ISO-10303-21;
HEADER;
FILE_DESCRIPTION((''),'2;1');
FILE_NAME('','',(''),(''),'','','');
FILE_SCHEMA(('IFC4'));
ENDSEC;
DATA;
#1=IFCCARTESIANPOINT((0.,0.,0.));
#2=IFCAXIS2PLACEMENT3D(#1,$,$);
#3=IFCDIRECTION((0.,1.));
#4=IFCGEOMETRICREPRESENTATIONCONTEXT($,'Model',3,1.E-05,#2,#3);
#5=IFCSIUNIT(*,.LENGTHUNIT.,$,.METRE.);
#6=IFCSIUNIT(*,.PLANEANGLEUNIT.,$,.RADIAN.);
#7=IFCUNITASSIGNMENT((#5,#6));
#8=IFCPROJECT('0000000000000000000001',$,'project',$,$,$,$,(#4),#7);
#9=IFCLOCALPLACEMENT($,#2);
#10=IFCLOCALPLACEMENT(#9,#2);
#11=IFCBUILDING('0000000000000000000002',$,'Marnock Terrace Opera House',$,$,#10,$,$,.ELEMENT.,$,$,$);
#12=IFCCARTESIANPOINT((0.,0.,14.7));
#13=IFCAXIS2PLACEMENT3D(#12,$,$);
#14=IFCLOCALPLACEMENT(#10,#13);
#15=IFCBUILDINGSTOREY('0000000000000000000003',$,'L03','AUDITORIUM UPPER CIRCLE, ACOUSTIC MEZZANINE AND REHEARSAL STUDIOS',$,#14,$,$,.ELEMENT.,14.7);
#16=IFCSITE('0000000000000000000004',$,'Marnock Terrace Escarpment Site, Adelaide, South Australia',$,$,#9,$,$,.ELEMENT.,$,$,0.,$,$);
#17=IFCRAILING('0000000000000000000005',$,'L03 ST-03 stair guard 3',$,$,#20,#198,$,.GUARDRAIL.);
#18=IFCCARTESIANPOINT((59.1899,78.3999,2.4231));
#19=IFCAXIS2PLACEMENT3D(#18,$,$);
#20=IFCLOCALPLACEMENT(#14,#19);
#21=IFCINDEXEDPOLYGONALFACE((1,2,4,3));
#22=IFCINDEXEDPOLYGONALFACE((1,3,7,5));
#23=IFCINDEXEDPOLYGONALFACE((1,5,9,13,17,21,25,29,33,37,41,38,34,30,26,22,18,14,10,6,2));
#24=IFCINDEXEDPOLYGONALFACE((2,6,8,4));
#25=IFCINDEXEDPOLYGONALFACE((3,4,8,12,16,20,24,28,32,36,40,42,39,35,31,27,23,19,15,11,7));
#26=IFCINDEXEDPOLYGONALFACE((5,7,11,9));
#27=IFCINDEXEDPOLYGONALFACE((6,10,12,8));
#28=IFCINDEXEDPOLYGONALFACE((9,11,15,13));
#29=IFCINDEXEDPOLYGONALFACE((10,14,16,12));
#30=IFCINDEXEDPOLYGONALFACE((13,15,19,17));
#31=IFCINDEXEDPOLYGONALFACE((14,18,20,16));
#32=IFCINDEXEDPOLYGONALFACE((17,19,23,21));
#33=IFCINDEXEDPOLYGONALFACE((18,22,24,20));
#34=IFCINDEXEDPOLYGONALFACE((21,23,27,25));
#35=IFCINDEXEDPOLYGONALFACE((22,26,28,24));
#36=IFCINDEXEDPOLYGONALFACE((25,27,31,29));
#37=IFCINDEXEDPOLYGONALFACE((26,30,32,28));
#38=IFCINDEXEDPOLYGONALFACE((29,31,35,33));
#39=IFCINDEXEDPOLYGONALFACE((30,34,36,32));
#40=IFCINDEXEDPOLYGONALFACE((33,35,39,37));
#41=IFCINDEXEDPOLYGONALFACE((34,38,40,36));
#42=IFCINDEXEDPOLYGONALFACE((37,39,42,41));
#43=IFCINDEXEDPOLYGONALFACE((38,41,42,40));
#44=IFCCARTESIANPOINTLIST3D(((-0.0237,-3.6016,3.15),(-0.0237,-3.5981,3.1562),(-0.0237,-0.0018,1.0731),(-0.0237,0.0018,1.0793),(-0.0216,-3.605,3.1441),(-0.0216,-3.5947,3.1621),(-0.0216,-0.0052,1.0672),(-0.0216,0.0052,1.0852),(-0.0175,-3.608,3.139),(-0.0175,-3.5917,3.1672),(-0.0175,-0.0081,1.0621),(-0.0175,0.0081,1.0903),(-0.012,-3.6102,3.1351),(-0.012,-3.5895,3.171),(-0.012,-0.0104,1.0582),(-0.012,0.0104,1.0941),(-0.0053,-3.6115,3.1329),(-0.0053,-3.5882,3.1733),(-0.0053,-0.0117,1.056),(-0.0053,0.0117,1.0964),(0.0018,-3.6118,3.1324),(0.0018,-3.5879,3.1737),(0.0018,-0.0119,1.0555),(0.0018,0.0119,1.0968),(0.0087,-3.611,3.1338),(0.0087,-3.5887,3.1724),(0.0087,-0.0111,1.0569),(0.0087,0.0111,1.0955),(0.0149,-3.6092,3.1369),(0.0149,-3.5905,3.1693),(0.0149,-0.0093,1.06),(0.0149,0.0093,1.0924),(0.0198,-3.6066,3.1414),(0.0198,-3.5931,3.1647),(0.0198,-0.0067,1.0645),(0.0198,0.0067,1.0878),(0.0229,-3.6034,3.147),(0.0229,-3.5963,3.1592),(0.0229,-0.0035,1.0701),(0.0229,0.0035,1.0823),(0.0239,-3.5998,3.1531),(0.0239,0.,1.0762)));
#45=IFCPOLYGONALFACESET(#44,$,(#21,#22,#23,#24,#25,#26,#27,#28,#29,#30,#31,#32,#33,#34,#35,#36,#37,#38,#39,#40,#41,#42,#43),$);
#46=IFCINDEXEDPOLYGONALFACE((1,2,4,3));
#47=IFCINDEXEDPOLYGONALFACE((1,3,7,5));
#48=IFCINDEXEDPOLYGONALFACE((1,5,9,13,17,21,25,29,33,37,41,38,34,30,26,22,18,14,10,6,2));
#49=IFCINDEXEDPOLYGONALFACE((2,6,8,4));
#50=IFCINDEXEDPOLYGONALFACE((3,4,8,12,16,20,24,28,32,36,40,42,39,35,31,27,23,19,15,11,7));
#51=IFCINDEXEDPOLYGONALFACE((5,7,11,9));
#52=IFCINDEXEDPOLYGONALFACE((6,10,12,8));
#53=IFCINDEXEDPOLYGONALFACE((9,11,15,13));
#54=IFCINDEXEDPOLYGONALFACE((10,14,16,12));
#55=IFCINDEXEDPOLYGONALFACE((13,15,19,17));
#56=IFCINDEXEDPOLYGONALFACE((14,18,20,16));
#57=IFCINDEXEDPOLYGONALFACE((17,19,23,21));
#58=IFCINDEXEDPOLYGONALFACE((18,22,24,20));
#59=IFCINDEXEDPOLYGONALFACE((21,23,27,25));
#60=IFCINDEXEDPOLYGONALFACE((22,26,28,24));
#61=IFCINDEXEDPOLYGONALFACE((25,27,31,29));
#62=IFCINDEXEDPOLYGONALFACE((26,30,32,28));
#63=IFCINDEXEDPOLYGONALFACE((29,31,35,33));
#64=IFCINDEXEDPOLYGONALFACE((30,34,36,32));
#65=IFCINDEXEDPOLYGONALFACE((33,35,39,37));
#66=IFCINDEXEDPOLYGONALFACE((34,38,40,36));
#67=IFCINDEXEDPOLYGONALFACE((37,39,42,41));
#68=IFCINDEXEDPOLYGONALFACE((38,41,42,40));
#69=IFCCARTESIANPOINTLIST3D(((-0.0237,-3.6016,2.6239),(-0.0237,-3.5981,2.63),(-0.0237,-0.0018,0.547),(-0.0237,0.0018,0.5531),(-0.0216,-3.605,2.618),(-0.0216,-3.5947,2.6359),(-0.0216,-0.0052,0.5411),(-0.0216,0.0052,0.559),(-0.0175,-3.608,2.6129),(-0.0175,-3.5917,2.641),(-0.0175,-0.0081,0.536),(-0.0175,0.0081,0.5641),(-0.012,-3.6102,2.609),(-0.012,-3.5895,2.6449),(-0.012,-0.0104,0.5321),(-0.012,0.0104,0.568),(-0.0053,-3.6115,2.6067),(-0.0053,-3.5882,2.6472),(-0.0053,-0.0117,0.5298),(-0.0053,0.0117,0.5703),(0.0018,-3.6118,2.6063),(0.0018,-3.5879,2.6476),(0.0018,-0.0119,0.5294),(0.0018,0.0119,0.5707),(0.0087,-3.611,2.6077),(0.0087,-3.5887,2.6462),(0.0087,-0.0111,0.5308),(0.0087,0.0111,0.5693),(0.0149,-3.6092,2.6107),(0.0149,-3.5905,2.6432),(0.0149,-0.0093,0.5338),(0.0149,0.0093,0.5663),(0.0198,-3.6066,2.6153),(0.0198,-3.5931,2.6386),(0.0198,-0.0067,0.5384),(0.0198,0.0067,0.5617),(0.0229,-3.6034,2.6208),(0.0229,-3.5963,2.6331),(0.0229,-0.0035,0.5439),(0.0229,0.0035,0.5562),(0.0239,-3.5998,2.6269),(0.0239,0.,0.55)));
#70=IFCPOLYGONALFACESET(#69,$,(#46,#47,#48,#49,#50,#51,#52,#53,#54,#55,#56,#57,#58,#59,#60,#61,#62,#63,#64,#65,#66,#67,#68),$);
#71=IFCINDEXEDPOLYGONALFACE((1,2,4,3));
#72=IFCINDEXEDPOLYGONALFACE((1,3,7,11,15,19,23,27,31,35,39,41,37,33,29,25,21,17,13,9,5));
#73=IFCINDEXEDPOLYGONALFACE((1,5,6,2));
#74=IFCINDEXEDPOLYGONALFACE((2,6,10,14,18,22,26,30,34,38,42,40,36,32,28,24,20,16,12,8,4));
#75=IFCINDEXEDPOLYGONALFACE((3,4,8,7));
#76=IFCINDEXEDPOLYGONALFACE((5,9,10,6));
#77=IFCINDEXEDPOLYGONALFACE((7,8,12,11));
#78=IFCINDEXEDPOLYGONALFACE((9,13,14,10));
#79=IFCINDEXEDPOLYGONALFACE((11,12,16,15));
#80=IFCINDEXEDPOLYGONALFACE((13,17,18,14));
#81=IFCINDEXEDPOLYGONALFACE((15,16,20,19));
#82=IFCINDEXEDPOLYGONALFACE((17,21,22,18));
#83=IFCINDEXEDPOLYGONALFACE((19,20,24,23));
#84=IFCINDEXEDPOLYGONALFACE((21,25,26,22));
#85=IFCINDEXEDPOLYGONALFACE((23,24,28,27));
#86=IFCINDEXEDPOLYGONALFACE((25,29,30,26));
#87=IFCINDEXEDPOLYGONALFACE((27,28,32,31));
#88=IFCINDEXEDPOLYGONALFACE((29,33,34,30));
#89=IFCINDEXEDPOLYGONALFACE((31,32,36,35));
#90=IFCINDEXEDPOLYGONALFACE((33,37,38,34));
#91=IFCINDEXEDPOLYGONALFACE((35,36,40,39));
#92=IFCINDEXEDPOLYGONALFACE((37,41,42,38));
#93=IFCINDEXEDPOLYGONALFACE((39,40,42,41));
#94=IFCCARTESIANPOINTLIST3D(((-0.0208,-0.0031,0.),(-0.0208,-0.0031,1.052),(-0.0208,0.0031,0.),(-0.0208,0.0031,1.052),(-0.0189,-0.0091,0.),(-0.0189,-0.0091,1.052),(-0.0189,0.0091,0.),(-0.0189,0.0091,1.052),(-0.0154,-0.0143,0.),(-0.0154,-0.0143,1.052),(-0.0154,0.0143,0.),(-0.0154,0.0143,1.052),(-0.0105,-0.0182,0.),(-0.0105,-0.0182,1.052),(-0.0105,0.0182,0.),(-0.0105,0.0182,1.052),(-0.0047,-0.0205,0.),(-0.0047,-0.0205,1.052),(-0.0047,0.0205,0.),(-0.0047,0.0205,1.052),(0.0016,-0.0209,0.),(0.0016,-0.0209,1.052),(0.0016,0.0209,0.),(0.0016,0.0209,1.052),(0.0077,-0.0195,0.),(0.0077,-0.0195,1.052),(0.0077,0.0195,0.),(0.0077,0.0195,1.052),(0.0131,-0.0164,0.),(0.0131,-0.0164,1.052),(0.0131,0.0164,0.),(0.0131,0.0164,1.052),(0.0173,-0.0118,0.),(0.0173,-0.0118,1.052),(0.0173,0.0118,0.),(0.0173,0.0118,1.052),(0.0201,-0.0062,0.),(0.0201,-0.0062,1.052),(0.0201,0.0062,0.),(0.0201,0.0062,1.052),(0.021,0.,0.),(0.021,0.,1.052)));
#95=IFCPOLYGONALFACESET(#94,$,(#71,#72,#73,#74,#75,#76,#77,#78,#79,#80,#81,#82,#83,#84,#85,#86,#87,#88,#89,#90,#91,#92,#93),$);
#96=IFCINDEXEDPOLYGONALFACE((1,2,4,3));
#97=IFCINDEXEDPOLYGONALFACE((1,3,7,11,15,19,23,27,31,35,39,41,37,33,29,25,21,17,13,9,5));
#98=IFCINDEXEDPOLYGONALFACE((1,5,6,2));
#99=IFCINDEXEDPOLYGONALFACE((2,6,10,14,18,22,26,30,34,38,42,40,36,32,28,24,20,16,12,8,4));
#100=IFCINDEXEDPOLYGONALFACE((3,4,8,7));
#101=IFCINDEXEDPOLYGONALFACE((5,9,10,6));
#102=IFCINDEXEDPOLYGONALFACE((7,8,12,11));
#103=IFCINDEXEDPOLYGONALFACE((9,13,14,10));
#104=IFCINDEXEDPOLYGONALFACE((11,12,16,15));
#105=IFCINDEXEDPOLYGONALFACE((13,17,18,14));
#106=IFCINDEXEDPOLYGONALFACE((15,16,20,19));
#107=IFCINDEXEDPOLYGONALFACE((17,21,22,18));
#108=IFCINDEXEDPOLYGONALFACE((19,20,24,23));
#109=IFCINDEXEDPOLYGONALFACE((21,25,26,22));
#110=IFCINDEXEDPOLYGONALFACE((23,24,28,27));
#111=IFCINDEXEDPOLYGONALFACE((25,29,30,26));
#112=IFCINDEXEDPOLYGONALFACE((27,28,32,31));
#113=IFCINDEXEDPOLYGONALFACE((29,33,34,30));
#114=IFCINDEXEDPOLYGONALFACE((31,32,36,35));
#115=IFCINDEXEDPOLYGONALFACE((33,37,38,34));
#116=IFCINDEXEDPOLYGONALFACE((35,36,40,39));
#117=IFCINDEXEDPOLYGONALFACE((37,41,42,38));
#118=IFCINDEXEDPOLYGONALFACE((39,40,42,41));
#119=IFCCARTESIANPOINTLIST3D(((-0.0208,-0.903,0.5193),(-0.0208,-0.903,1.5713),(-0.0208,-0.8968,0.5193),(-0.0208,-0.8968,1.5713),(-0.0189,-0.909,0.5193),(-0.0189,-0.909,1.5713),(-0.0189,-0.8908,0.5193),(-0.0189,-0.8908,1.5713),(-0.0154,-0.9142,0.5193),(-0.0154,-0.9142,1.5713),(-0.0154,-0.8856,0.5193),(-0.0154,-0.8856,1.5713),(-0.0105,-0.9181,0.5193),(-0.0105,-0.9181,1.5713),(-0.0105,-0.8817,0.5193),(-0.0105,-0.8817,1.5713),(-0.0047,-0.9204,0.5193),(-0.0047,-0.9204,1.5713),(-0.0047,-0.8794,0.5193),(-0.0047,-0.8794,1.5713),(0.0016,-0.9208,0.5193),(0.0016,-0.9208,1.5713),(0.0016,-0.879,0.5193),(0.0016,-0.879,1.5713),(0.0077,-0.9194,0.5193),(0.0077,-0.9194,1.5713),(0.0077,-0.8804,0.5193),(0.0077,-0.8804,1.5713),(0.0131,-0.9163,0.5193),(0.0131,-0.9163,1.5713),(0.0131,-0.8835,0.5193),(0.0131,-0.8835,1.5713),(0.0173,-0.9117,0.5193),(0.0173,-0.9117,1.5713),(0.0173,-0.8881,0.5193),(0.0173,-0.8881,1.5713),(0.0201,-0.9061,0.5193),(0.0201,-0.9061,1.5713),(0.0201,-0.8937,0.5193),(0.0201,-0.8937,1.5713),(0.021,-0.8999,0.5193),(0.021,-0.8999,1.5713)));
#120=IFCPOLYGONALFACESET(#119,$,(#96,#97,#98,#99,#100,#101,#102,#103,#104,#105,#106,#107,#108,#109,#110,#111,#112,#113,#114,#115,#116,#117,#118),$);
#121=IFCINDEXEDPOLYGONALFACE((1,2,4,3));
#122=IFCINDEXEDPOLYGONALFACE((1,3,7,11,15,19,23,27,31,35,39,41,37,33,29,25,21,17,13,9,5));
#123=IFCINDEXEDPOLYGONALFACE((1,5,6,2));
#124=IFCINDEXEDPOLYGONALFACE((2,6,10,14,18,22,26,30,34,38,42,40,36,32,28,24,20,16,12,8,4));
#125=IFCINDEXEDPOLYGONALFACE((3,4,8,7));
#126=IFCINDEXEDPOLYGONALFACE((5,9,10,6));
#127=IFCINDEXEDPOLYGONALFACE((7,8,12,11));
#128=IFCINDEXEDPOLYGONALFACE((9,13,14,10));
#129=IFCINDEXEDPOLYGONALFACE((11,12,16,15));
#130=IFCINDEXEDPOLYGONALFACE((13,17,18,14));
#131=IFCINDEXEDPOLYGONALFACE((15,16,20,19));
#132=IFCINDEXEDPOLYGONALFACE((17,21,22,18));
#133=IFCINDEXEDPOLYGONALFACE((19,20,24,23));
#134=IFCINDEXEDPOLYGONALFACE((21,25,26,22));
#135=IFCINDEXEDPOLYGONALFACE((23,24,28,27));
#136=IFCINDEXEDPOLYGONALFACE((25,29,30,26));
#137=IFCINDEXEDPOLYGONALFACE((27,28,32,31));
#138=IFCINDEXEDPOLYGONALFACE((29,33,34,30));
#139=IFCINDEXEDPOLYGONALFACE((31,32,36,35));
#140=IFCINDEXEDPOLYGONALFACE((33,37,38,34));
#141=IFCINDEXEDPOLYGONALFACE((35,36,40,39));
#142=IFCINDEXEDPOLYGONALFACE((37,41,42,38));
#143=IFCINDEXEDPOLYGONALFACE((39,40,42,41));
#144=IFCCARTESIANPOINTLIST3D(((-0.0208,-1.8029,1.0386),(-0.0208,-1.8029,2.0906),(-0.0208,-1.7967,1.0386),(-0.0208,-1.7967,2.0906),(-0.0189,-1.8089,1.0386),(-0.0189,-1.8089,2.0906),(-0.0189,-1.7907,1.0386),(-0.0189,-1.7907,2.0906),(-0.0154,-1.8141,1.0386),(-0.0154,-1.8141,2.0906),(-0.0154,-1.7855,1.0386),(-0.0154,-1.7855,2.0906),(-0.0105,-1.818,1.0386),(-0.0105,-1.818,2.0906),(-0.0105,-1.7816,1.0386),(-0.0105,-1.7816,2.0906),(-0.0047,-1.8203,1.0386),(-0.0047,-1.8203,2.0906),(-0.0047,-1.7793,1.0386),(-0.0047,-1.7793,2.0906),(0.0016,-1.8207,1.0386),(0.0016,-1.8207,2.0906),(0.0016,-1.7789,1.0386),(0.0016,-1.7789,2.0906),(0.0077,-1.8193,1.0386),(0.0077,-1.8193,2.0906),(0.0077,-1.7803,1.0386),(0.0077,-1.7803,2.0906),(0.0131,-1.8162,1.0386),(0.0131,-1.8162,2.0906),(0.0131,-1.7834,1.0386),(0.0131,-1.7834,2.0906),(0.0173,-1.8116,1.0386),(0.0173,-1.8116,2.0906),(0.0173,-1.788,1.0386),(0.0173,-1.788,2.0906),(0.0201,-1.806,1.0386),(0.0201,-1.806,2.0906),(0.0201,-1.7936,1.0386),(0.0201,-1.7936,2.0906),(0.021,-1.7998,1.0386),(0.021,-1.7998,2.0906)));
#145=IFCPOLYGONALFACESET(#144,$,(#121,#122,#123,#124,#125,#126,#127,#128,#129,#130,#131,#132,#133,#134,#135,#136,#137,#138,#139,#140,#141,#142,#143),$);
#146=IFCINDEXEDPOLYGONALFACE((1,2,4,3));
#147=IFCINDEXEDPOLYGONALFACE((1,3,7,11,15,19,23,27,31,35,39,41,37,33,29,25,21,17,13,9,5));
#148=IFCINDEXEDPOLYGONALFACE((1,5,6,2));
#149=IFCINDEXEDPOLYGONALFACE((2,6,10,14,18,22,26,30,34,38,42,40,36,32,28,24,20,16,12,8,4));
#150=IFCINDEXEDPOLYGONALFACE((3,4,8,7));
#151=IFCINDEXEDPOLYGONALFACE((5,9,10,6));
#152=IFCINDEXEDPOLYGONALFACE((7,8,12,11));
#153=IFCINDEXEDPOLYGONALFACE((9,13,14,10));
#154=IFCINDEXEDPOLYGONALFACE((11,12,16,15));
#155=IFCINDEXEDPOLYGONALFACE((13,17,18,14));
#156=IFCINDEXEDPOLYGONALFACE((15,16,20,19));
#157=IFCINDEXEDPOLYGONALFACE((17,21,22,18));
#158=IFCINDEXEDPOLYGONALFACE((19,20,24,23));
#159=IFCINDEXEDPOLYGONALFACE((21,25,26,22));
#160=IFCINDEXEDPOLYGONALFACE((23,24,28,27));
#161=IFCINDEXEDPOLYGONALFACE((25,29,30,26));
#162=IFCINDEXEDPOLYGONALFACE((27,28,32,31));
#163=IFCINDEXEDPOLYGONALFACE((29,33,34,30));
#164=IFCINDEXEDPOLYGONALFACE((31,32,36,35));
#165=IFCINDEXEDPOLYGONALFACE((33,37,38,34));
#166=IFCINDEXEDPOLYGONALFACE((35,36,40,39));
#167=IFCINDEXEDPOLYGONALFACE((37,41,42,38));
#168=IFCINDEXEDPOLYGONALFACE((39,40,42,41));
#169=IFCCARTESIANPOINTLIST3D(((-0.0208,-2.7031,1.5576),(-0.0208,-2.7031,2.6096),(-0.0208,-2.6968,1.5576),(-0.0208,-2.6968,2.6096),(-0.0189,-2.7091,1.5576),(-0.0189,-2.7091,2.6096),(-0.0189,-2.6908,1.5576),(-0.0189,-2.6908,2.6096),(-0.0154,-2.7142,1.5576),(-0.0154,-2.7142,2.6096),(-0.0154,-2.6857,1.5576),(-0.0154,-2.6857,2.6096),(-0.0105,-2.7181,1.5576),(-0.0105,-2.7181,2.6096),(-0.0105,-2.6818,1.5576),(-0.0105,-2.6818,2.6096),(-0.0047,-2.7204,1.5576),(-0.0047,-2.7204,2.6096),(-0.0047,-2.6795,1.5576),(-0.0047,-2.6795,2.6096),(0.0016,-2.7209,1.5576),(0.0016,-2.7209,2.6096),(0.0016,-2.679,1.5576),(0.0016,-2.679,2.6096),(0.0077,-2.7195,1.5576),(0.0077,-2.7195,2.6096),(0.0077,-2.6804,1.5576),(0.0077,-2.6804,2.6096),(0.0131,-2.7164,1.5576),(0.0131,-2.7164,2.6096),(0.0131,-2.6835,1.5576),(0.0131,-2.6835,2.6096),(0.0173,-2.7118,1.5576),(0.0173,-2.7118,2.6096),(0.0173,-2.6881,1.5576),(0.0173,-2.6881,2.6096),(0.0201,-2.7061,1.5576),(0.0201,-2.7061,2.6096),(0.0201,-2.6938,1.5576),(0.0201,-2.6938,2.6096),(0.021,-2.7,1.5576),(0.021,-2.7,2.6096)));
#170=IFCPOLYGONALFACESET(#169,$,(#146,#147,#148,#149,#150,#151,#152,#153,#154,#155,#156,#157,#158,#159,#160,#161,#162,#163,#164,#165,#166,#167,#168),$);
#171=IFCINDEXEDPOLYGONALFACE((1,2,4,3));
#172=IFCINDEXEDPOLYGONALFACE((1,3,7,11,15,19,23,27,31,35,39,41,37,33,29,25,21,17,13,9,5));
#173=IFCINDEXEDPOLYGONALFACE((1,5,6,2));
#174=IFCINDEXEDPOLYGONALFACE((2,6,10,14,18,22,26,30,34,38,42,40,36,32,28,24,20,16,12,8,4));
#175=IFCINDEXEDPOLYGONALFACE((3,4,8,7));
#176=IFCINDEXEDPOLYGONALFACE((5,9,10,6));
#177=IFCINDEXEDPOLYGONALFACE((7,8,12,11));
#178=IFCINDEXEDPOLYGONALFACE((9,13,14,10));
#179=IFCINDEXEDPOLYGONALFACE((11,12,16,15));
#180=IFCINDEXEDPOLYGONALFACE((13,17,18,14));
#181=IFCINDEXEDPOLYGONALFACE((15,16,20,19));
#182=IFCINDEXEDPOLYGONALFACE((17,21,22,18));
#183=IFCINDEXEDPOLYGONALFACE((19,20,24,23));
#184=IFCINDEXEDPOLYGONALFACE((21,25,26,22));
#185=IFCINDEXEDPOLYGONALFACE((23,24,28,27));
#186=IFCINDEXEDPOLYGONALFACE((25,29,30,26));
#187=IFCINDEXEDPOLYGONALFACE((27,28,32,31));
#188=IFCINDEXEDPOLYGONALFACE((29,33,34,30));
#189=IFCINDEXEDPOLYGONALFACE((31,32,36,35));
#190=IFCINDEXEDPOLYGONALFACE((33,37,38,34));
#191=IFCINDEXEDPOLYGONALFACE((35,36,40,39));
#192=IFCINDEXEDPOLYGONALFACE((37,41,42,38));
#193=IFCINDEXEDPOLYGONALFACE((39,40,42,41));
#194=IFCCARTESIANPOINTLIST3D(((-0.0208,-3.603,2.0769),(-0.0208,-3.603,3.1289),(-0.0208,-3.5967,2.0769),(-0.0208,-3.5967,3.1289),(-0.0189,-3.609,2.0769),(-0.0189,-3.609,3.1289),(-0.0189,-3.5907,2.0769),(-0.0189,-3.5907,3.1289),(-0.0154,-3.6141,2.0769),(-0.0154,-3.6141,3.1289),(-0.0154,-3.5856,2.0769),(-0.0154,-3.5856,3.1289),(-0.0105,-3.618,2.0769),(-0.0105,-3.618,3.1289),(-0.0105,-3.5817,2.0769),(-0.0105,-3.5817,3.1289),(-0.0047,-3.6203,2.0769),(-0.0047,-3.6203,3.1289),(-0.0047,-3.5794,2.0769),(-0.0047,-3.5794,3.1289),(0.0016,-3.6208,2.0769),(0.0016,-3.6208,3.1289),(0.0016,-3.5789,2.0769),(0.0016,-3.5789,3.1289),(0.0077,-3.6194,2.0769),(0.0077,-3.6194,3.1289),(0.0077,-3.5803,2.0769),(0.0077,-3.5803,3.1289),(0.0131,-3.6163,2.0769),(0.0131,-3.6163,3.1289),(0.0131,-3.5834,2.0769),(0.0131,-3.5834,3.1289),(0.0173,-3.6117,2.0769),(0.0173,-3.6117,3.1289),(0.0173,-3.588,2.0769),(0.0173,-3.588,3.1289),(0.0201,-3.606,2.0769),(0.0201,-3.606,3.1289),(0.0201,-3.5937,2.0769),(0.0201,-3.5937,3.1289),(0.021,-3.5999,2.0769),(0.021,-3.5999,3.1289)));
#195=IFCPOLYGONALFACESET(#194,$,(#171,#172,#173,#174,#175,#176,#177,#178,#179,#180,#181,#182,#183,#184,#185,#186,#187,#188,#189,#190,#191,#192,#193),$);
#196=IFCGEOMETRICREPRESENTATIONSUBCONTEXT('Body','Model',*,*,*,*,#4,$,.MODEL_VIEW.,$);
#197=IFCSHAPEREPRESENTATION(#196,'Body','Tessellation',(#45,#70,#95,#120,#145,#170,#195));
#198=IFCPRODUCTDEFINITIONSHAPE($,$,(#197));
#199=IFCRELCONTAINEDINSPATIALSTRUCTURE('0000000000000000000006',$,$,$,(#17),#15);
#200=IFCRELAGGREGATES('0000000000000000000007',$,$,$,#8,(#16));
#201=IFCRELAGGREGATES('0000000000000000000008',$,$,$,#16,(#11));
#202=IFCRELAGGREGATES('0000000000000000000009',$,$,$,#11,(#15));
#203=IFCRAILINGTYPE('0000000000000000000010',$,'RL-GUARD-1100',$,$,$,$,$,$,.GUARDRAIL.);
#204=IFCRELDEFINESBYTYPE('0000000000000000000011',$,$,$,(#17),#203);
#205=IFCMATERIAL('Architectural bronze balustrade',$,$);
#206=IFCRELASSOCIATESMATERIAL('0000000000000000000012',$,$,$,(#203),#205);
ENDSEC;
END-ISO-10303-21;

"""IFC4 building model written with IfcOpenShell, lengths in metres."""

from ifc_helpers import new_model, si_unit, direction, frame, origin, origin_2d, place, context, subcontext, project, spatial, circle, extrude, material, type_object, element, save


model = new_model("IFC4")

# Units and contexts
model_context = context("Model", 3, precision=1e-05, world=origin(), true_north=direction((0.0, 1.0)))
body_context = subcontext(model_context, "Body", "Model", "MODEL_VIEW")
ifc_project = project(units=[si_unit("LENGTHUNIT", "METRE"), si_unit("PLANEANGLEUNIT", "RADIAN")], contexts=[model_context])

# Site, building, storey
site_placement = place(None, origin())
site = spatial("IfcSite", under=ifc_project, at=site_placement, Name="Marnock Terrace Escarpment Site, Adelaide, South Australia", CompositionType="ELEMENT", RefElevation=0.0)
building_placement = place(site_placement, origin())
building = spatial("IfcBuilding", under=site, at=building_placement, Name="Marnock Terrace Opera House", CompositionType="ELEMENT")
storey_placement = place(building_placement, frame((0.0, 0.0, 14.7)))
storey = spatial("IfcBuildingStorey", under=building, at=storey_placement, Name="L03", Description="AUDITORIUM UPPER CIRCLE, ACOUSTIC MEZZANINE AND REHEARSAL STUDIOS", CompositionType="ELEMENT", Elevation=14.7)

# Railing
ifc_material_1 = material(Name="Architectural bronze balustrade")
railing_type = type_object("IfcRailingType", Name="RL-GUARD-1100", PredefinedType="GUARDRAIL", material=ifc_material_1)
railing_1_placement = place(storey_placement, frame((59.1899, 78.3999, 2.4231)))
element("IfcRailing", 1, at=railing_1_placement, inside=storey, type_object=railing_type, Name="L03 ST-03 stair guard 3", PredefinedType="GUARDRAIL", context=body_context, shape_type="SweptSolid", body=[
    extrude(circle(Radius=0.0239, at=origin_2d()), frame((0.0, 0.0, 1.0762), z_axis=(0.0, -0.866179, 0.499734), x_axis=(1.0, 0.0, 0.0)), (0.0, 0.0, 1.0), 4.156),
    extrude(circle(Radius=0.0239, at=origin_2d()), frame((0.0, 0.0, 0.55), z_axis=(0.0, -0.866179, 0.499734), x_axis=(1.0, 0.0, 0.0)), (0.0, 0.0, 1.0), 4.156),
    extrude(circle(Radius=0.021, at=origin_2d()), origin(), (0.0, 0.0, 1.0), 1.052),
    extrude(circle(Radius=0.021, at=origin_2d()), frame((0.0, -0.8999, 0.5193)), (0.0, 0.0, 1.0), 1.052),
    extrude(circle(Radius=0.021, at=origin_2d()), frame((0.0, -1.7998, 1.0386)), (0.0, 0.0, 1.0), 1.052),
    extrude(circle(Radius=0.021, at=origin_2d()), frame((0.0, -2.7, 1.5576)), (0.0, 0.0, 1.0), 1.052),
    extrude(circle(Radius=0.021, at=origin_2d()), frame((0.0, -3.5999, 2.0769)), (0.0, 0.0, 1.0), 1.052),
])

save(model, "model.ifc")
